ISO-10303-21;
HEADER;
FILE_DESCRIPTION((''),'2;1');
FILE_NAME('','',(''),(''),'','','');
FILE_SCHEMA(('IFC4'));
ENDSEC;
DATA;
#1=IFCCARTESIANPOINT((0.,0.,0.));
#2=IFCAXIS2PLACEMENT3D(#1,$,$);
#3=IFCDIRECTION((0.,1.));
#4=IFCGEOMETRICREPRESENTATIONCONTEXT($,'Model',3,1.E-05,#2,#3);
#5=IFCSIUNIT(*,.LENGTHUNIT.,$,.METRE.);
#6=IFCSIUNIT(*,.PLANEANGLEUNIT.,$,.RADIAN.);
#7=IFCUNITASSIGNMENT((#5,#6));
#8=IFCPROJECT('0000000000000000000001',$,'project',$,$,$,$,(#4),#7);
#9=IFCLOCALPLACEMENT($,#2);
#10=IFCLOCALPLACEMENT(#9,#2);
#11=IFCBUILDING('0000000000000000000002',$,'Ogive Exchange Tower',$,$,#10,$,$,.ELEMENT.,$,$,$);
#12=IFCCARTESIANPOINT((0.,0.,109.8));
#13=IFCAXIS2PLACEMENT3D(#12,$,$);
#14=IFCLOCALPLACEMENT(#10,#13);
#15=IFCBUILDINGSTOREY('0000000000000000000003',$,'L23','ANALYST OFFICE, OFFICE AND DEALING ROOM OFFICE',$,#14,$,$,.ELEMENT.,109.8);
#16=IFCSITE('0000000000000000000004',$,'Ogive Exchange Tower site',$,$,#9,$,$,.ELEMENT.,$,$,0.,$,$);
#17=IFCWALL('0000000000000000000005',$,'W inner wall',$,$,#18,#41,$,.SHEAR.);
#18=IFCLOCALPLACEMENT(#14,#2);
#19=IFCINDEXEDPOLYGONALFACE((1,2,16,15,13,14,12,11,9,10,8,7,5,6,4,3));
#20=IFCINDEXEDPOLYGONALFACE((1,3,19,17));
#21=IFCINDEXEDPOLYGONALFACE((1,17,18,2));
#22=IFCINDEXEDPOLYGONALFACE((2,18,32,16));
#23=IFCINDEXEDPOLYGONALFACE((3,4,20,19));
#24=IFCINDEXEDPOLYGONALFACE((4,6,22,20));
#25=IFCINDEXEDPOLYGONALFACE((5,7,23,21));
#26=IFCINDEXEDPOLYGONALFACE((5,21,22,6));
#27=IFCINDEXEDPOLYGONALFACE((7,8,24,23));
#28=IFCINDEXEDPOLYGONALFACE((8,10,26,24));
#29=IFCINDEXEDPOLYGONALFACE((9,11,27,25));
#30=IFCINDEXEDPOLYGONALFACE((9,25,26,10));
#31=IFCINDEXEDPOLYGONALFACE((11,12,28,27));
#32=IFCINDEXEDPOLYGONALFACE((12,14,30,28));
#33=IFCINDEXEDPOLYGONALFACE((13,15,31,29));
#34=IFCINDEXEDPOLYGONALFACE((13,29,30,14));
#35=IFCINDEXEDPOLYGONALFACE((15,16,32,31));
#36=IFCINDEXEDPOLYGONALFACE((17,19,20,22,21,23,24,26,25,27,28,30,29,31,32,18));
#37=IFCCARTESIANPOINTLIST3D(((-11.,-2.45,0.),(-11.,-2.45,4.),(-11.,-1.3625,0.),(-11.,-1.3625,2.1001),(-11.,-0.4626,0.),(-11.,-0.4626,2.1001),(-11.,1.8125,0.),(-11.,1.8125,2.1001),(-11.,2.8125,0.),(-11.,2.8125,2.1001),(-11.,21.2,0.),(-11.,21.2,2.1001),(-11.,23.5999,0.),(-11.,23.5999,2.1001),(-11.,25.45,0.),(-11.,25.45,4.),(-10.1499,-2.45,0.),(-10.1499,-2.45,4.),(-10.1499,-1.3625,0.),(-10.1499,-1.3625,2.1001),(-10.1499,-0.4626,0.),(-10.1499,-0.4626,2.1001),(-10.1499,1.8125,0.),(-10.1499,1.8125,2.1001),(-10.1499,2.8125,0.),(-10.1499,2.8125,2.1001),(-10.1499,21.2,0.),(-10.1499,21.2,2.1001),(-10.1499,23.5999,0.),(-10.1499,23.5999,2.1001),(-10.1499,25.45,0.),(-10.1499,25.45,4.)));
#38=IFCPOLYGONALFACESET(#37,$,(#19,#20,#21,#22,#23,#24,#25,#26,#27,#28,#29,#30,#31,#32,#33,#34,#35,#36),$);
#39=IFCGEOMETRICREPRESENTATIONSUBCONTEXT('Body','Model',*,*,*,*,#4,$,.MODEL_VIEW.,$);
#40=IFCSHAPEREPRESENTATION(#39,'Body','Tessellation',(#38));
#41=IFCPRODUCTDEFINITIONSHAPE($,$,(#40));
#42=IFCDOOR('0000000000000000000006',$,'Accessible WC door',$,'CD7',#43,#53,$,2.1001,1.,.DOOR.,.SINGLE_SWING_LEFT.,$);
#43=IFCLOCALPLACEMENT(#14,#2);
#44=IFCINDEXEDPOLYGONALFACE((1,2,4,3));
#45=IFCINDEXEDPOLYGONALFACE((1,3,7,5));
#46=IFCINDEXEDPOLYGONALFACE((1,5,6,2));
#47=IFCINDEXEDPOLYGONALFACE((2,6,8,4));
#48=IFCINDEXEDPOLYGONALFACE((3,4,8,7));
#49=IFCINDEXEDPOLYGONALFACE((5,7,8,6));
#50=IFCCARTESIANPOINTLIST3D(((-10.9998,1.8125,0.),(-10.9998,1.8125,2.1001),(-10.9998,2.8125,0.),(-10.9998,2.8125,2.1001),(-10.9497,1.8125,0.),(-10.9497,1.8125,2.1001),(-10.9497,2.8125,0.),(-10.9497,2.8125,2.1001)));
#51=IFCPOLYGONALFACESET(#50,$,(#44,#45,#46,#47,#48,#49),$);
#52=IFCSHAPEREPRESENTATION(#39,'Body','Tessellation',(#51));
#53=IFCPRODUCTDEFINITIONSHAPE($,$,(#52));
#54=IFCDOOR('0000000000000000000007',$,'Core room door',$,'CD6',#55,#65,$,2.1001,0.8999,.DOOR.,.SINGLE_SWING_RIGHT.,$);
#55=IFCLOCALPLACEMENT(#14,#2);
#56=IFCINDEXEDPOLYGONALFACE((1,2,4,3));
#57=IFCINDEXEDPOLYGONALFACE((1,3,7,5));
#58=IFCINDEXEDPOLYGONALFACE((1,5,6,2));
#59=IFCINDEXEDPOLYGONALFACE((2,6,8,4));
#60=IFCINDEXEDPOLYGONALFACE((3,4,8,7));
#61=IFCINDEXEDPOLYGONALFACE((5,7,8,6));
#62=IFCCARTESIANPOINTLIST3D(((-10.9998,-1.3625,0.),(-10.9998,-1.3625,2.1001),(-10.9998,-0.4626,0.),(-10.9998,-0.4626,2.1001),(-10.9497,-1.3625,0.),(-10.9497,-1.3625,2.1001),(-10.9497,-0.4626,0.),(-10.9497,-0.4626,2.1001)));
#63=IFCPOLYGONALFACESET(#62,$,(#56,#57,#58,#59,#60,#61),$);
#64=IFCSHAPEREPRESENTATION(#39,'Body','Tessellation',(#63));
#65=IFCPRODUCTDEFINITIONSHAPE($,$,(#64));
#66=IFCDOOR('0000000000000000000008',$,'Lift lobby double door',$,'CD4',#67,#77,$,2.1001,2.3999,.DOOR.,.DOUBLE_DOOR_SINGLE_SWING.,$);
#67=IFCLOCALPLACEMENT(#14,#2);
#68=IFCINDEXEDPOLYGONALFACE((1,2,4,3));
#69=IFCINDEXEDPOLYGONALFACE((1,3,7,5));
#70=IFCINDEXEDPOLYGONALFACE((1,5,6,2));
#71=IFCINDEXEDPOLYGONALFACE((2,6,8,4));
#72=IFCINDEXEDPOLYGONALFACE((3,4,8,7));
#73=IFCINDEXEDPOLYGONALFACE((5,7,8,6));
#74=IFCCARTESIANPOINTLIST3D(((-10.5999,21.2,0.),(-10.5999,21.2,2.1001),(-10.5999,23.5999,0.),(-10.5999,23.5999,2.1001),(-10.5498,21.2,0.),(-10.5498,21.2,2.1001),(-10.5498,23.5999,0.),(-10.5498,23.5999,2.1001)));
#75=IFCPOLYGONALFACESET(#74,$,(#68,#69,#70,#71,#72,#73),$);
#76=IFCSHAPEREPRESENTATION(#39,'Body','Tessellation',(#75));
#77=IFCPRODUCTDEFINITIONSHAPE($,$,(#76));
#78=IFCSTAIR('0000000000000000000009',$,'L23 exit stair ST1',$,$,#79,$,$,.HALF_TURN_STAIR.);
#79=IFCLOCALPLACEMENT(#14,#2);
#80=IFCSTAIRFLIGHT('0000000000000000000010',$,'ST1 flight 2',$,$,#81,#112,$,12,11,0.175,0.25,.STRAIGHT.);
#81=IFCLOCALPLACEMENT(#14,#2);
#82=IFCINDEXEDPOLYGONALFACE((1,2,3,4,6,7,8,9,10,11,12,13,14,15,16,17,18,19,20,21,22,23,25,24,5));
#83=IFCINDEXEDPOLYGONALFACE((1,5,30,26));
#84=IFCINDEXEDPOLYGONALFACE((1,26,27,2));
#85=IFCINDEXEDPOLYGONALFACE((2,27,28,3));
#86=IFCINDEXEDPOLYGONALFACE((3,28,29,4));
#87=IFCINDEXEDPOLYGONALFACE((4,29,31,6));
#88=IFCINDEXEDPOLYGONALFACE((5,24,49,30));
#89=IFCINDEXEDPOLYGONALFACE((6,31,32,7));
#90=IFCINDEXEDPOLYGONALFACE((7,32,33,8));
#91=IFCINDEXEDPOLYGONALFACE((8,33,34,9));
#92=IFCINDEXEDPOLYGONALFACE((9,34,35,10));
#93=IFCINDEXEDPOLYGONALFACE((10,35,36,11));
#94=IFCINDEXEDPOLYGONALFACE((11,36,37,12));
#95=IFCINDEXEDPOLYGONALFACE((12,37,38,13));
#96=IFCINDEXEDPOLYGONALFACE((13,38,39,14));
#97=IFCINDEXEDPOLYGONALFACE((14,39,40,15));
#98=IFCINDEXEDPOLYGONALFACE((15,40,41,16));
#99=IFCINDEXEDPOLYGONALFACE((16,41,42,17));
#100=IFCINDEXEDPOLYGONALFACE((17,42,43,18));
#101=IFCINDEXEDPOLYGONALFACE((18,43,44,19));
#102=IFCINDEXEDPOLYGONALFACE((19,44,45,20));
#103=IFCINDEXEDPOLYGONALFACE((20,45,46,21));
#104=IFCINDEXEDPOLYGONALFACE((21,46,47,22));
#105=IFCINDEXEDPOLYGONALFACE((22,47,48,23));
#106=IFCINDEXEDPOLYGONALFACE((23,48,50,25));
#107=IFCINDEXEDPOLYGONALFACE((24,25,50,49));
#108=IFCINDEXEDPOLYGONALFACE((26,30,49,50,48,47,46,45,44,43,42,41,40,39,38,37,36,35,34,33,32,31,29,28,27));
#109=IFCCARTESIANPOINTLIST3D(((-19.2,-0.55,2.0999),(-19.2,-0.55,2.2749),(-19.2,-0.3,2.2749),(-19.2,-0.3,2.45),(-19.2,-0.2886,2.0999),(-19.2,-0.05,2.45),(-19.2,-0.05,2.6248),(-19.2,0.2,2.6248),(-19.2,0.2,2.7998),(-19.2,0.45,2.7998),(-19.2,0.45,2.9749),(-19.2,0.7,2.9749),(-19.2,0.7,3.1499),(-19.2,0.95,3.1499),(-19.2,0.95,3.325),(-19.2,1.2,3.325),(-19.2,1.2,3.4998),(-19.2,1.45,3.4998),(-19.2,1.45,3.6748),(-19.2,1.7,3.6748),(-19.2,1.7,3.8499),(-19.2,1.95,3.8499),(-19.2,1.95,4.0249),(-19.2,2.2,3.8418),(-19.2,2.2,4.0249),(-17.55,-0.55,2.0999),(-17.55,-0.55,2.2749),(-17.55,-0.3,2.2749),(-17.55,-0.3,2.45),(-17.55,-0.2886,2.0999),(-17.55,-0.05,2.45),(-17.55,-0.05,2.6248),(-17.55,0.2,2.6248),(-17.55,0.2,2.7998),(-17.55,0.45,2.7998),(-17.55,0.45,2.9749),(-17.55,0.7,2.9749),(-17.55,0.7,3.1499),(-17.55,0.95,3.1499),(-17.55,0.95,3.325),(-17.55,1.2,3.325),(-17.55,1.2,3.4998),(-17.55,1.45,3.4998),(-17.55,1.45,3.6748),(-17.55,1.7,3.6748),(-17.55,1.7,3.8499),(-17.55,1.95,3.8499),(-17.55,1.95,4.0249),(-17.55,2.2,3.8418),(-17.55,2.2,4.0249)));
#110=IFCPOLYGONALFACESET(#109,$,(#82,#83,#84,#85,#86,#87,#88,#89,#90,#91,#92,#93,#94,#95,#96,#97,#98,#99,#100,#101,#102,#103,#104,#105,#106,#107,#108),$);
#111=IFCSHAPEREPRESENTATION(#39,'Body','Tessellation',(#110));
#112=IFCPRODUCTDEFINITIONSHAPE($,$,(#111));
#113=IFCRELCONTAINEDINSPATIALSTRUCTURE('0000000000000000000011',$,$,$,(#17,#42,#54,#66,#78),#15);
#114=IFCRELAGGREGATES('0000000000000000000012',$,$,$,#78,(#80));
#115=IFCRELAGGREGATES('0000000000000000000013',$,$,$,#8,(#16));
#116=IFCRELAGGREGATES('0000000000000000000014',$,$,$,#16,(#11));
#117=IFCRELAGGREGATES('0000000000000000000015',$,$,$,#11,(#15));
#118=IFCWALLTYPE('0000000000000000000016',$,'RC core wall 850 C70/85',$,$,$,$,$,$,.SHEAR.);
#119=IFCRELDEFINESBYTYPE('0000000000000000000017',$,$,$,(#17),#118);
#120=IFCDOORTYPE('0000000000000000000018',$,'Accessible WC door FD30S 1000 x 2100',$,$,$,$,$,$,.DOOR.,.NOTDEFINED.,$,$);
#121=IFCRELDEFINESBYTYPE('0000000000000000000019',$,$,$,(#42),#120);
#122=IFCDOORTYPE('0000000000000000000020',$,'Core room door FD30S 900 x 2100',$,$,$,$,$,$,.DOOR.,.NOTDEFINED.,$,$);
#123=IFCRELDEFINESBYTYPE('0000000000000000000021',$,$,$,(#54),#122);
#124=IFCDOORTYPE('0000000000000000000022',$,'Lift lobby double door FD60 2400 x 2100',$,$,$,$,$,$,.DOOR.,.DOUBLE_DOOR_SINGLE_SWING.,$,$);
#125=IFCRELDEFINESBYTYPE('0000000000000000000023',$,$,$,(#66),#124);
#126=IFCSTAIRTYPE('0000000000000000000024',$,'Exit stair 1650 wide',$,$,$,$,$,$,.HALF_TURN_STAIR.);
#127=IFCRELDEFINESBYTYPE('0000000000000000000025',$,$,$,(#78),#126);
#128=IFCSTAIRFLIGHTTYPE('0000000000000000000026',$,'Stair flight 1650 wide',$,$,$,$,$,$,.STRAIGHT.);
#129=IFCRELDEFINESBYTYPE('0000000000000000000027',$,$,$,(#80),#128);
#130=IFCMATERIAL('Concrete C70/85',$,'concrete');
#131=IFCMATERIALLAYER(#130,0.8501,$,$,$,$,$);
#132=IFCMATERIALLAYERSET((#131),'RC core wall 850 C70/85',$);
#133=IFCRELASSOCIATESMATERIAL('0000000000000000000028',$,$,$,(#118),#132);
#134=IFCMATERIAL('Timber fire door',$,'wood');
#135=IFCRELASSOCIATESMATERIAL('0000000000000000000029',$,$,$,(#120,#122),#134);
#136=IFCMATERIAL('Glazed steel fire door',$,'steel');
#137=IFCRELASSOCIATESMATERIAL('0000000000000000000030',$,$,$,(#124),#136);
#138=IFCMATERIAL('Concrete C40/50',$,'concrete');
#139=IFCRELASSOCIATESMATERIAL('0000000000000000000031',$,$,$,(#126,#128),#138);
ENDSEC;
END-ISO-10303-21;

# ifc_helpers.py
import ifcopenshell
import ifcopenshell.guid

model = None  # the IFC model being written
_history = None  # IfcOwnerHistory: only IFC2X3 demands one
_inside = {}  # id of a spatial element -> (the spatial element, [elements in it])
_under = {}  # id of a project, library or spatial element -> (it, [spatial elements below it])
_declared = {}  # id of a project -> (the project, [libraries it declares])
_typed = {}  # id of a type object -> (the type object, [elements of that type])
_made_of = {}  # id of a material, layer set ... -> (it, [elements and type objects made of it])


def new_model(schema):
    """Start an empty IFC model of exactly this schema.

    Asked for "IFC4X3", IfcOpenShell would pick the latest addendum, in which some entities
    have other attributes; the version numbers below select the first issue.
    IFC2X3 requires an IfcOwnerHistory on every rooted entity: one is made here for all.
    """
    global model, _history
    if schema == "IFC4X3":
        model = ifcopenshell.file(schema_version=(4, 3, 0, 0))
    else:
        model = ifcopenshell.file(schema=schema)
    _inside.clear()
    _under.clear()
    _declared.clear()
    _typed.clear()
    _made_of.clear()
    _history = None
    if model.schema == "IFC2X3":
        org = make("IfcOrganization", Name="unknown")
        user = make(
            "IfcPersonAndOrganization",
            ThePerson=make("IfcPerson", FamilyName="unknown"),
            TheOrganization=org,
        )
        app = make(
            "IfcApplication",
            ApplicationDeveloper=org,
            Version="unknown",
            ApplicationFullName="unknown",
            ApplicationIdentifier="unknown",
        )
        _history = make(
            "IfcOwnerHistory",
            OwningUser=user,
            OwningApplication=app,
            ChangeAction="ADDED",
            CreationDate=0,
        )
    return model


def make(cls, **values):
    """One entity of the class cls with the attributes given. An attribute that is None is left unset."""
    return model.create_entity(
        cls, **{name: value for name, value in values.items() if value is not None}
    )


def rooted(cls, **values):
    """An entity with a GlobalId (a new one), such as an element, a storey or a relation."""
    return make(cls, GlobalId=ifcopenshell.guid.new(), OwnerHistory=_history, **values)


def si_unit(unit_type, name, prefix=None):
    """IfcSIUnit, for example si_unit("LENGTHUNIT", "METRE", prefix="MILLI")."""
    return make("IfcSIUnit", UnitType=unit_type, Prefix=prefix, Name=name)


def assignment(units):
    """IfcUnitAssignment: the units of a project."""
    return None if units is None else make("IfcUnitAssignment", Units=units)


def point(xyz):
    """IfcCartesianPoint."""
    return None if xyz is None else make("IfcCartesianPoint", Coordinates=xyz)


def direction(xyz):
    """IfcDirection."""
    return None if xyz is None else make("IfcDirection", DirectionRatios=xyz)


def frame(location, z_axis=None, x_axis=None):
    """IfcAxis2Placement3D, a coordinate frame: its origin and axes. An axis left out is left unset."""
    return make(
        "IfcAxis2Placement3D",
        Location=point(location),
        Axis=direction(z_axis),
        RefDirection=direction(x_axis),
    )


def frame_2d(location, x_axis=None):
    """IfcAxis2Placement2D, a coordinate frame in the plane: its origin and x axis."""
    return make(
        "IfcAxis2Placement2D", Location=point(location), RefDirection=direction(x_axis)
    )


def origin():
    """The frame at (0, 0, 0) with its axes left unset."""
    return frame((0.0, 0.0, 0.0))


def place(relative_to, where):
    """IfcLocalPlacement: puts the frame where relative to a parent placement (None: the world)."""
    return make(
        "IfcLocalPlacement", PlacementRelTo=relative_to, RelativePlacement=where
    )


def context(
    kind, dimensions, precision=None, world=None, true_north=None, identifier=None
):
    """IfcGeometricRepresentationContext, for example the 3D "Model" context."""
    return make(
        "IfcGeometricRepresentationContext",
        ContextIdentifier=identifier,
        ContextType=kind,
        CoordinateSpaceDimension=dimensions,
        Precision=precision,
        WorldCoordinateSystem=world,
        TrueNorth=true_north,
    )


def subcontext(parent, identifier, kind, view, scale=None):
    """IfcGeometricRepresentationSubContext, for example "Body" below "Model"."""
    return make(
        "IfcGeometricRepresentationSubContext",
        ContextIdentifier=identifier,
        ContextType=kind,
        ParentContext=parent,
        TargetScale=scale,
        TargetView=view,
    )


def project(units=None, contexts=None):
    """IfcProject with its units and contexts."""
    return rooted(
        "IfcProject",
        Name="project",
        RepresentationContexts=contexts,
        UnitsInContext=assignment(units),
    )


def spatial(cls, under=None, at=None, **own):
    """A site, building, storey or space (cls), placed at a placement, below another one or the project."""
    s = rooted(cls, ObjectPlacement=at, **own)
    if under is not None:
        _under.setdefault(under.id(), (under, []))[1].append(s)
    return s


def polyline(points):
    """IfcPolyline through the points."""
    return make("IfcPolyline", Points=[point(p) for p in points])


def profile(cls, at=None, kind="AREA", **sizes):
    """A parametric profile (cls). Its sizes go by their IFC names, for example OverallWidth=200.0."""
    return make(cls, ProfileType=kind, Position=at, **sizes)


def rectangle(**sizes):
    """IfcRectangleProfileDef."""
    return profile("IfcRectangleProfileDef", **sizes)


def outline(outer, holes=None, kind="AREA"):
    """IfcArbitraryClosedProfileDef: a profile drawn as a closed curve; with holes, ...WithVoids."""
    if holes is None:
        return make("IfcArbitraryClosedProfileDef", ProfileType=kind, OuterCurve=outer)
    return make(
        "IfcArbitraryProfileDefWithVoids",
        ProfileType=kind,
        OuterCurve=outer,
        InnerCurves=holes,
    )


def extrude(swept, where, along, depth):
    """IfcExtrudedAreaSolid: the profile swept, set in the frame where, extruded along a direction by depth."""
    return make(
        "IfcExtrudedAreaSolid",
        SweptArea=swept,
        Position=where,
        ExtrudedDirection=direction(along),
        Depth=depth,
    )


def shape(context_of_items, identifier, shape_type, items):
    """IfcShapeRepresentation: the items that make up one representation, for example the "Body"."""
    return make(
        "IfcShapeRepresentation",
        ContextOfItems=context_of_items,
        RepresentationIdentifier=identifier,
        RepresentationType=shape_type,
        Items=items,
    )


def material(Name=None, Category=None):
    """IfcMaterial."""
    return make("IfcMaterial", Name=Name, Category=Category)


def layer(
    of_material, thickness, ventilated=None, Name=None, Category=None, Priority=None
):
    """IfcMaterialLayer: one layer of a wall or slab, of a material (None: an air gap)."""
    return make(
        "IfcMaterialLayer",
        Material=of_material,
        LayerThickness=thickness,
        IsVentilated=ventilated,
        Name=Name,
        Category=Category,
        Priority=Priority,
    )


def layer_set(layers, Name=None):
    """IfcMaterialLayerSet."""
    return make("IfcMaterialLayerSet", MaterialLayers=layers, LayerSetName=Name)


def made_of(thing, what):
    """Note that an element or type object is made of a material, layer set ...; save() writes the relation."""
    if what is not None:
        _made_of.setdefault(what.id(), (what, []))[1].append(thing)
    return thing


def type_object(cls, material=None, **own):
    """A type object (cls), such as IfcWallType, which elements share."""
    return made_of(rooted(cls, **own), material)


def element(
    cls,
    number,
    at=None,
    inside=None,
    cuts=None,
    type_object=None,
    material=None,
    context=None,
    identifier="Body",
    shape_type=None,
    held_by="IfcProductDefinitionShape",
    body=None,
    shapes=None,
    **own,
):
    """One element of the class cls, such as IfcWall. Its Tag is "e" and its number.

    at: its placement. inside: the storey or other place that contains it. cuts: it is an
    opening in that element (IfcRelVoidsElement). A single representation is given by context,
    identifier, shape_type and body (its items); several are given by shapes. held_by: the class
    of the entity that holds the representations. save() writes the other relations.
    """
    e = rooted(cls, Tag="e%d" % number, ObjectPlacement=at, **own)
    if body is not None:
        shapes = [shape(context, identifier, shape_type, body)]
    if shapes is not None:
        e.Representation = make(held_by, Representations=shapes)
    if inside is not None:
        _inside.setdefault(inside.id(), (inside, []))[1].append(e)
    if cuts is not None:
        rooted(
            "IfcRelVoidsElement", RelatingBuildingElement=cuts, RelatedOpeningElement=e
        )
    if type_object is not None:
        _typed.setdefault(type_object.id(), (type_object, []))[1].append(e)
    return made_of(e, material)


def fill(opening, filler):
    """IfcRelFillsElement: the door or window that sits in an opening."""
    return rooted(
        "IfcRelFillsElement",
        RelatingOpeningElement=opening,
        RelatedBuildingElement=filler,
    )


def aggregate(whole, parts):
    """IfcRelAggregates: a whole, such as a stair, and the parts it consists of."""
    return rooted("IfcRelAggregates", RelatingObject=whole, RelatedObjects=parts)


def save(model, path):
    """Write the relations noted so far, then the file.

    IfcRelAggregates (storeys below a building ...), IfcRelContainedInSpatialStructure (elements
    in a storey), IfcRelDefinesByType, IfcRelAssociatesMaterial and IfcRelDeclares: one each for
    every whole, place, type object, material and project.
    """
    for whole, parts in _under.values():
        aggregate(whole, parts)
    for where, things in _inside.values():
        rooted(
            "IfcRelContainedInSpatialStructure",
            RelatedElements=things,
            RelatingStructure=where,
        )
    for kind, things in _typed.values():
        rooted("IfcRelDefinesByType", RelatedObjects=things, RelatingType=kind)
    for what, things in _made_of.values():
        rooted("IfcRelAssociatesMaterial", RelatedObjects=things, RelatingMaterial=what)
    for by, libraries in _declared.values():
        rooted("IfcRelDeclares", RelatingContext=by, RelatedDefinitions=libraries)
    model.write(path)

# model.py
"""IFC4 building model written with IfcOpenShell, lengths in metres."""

from ifc_helpers import new_model, si_unit, direction, frame, frame_2d, origin, place, context, subcontext, project, spatial, polyline, rectangle, outline, extrude, material, layer, layer_set, type_object, element, fill, aggregate, save


model = new_model("IFC4")

# Units and contexts
model_context = context("Model", 3, precision=1e-05, world=origin(), true_north=direction((0.0, 1.0)))
body_context = subcontext(model_context, "Body", "Model", "MODEL_VIEW")
ifc_project = project(units=[si_unit("LENGTHUNIT", "METRE"), si_unit("PLANEANGLEUNIT", "RADIAN")], contexts=[model_context])

# Site, building, storey
site_placement = place(None, origin())
site = spatial("IfcSite", under=ifc_project, at=site_placement, Name="Ogive Exchange Tower site", CompositionType="ELEMENT", RefElevation=0.0)
building_placement = place(site_placement, origin())
building = spatial("IfcBuilding", under=site, at=building_placement, Name="Ogive Exchange Tower", CompositionType="ELEMENT")
storey_placement = place(building_placement, frame((0.0, 0.0, 109.8)))
storey = spatial("IfcBuildingStorey", under=building, at=storey_placement, Name="L23", Description="ANALYST OFFICE, OFFICE AND DEALING ROOM OFFICE", CompositionType="ELEMENT", Elevation=109.8)

# Shared definitions
ifc_material_1 = material(Name="Concrete C70/85", Category="concrete")

# Wall, openings, doors
ifc_layer_1 = layer(ifc_material_1, 0.8501)
ifc_layer_set_1 = layer_set([ifc_layer_1], Name="RC core wall 850 C70/85")
wall_type_1 = type_object("IfcWallType", Name="RC core wall 850 C70/85", PredefinedType="SHEAR", material=ifc_layer_set_1)
wall_1_placement = place(storey_placement, frame((-10.575, -2.45, 0.0), z_axis=(0.0, 0.0, 1.0), x_axis=(0.0, 1.0, 0.0)))
wall_1 = element("IfcWall", 1, at=wall_1_placement, inside=storey, type_object=wall_type_1, Name="W inner wall", PredefinedType="SHEAR", context=body_context, shape_type="SweptSolid", body=[
    extrude(rectangle(XDim=27.8999, YDim=0.8501, at=frame_2d((13.95, 0.0))), origin(), (0.0, 0.0, 1.0), 4.0),
])
opening_1_placement = place(wall_1_placement, frame((23.6499, 0.0, 0.0)))
opening_1 = element("IfcOpeningElement", 2, at=opening_1_placement, cuts=wall_1, PredefinedType="OPENING", context=body_context, shape_type="SweptSolid", body=[
    extrude(rectangle(XDim=2.3999, YDim=2.1001, at=frame_2d((1.2, 1.05))), frame((0.0, 0.4351, 0.0), z_axis=(0.0, -1.0, 0.0), x_axis=(1.0, 0.0, 0.0)), (0.0, 0.0, 1.0), 0.8701),
])
opening_2_placement = place(wall_1_placement, frame((1.0874, 0.0, 0.0)))
opening_2 = element("IfcOpeningElement", 3, at=opening_2_placement, cuts=wall_1, PredefinedType="OPENING", context=body_context, shape_type="SweptSolid", body=[
    extrude(rectangle(XDim=0.8999, YDim=2.1001, at=frame_2d((0.45, 1.05))), frame((0.0, 0.4351, 0.0), z_axis=(0.0, -1.0, 0.0), x_axis=(1.0, 0.0, 0.0)), (0.0, 0.0, 1.0), 0.8701),
])
opening_3_placement = place(wall_1_placement, frame((4.2625, 0.0, 0.0)))
opening_3 = element("IfcOpeningElement", 4, at=opening_3_placement, cuts=wall_1, PredefinedType="OPENING", context=body_context, shape_type="SweptSolid", body=[
    extrude(rectangle(XDim=1.0, YDim=2.1001, at=frame_2d((0.5, 1.05))), frame((0.0, 0.4351, 0.0), z_axis=(0.0, -1.0, 0.0), x_axis=(1.0, 0.0, 0.0)), (0.0, 0.0, 1.0), 0.8701),
])
ifc_material_2 = material(Name="Timber fire door", Category="wood")
door_type_1 = type_object("IfcDoorType", Name="Accessible WC door FD30S 1000 x 2100", OperationType="NOTDEFINED", PredefinedType="DOOR", material=ifc_material_2)
door_1_placement = place(opening_3_placement, origin())
door_1 = element("IfcDoor", 5, at=door_1_placement, inside=storey, type_object=door_type_1, Name="Accessible WC door", ObjectType="CD7", OperationType="SINGLE_SWING_LEFT", OverallHeight=2.1001, OverallWidth=1.0, PredefinedType="DOOR", context=body_context, shape_type="SweptSolid", body=[
    extrude(rectangle(XDim=1.0, YDim=2.1001, at=frame_2d((0.5, 1.05))), frame((0.0, 0.4248, 0.0), z_axis=(0.0, -1.0, 0.0), x_axis=(1.0, 0.0, 0.0)), (0.0, 0.0, 1.0), 0.05),
])
fill(opening_3, door_1)
door_type_2 = type_object("IfcDoorType", Name="Core room door FD30S 900 x 2100", OperationType="NOTDEFINED", PredefinedType="DOOR", material=ifc_material_2)
door_2_placement = place(opening_2_placement, origin())
door_2 = element("IfcDoor", 6, at=door_2_placement, inside=storey, type_object=door_type_2, Name="Core room door", ObjectType="CD6", OperationType="SINGLE_SWING_RIGHT", OverallHeight=2.1001, OverallWidth=0.8999, PredefinedType="DOOR", context=body_context, shape_type="SweptSolid", body=[
    extrude(rectangle(XDim=0.8999, YDim=2.1001, at=frame_2d((0.45, 1.05))), frame((0.0, 0.4248, 0.0), z_axis=(0.0, -1.0, 0.0), x_axis=(1.0, 0.0, 0.0)), (0.0, 0.0, 1.0), 0.05),
])
fill(opening_2, door_2)
ifc_material_3 = material(Name="Glazed steel fire door", Category="steel")
door_type_3 = type_object("IfcDoorType", Name="Lift lobby double door FD60 2400 x 2100", OperationType="DOUBLE_DOOR_SINGLE_SWING", PredefinedType="DOOR", material=ifc_material_3)
door_3_placement = place(opening_1_placement, origin())
door_3 = element("IfcDoor", 7, at=door_3_placement, inside=storey, type_object=door_type_3, Name="Lift lobby double door", ObjectType="CD4", OperationType="DOUBLE_DOOR_SINGLE_SWING", OverallHeight=2.1001, OverallWidth=2.3999, PredefinedType="DOOR", context=body_context, shape_type="SweptSolid", body=[
    extrude(rectangle(XDim=2.3999, YDim=2.1001, at=frame_2d((1.2, 1.05))), frame((0.0, 0.0249, 0.0), z_axis=(0.0, -1.0, 0.0), x_axis=(1.0, 0.0, 0.0)), (0.0, 0.0, 1.0), 0.05),
])
fill(opening_1, door_3)

# Stair, stair flight
ifc_material_4 = material(Name="Concrete C40/50", Category="concrete")
stair_type = type_object("IfcStairType", Name="Exit stair 1650 wide", PredefinedType="HALF_TURN_STAIR", material=ifc_material_4)
stair_placement = place(storey_placement, origin())
stair = element("IfcStair", 8, at=stair_placement, inside=storey, type_object=stair_type, Name="L23 exit stair ST1", PredefinedType="HALF_TURN_STAIR")
stair_flight_type = type_object("IfcStairFlightType", Name="Stair flight 1650 wide", PredefinedType="STRAIGHT", material=ifc_material_4)
stair_flight_placement = place(storey_placement, frame((-18.375, -0.55, 2.0999), z_axis=(0.0, 0.0, 1.0), x_axis=(0.0, 1.0, 0.0)))
stair_flight = element("IfcStairFlight", 9, at=stair_flight_placement, type_object=stair_flight_type, Name="ST1 flight 2", NumberOfRisers=12, NumberOfTreads=11, PredefinedType="STRAIGHT", RiserHeight=0.175, TreadLength=0.25, context=body_context, shape_type="SweptSolid", body=[
    extrude(outline(polyline([(0.0, 0.0), (0.0, 0.175), (0.25, 0.175), (0.25, 0.3501), (0.5, 0.3501), (0.5, 0.5249), (0.75, 0.5249), (0.75, 0.7), (1.0, 0.7), (1.0, 0.875), (1.25, 0.875), (1.25, 1.05), (1.5, 1.05), (1.5, 1.2251), (1.75, 1.2251), (1.75, 1.3999), (2.0, 1.3999), (2.0, 1.575), (2.25, 1.575), (2.25, 1.75), (2.5, 1.75), (2.5, 1.925), (2.75, 1.925), (2.75, 2.1001), (2.75, 1.7419), (0.2615, 0.0), (0.0, 0.0)])), frame((0.0, 0.825, 0.0), z_axis=(0.0, -1.0, 0.0), x_axis=(1.0, 0.0, 0.0)), (0.0, 0.0, 1.0), 1.6499),
])
aggregate(stair, [stair_flight])

save(model, "model.ifc")
